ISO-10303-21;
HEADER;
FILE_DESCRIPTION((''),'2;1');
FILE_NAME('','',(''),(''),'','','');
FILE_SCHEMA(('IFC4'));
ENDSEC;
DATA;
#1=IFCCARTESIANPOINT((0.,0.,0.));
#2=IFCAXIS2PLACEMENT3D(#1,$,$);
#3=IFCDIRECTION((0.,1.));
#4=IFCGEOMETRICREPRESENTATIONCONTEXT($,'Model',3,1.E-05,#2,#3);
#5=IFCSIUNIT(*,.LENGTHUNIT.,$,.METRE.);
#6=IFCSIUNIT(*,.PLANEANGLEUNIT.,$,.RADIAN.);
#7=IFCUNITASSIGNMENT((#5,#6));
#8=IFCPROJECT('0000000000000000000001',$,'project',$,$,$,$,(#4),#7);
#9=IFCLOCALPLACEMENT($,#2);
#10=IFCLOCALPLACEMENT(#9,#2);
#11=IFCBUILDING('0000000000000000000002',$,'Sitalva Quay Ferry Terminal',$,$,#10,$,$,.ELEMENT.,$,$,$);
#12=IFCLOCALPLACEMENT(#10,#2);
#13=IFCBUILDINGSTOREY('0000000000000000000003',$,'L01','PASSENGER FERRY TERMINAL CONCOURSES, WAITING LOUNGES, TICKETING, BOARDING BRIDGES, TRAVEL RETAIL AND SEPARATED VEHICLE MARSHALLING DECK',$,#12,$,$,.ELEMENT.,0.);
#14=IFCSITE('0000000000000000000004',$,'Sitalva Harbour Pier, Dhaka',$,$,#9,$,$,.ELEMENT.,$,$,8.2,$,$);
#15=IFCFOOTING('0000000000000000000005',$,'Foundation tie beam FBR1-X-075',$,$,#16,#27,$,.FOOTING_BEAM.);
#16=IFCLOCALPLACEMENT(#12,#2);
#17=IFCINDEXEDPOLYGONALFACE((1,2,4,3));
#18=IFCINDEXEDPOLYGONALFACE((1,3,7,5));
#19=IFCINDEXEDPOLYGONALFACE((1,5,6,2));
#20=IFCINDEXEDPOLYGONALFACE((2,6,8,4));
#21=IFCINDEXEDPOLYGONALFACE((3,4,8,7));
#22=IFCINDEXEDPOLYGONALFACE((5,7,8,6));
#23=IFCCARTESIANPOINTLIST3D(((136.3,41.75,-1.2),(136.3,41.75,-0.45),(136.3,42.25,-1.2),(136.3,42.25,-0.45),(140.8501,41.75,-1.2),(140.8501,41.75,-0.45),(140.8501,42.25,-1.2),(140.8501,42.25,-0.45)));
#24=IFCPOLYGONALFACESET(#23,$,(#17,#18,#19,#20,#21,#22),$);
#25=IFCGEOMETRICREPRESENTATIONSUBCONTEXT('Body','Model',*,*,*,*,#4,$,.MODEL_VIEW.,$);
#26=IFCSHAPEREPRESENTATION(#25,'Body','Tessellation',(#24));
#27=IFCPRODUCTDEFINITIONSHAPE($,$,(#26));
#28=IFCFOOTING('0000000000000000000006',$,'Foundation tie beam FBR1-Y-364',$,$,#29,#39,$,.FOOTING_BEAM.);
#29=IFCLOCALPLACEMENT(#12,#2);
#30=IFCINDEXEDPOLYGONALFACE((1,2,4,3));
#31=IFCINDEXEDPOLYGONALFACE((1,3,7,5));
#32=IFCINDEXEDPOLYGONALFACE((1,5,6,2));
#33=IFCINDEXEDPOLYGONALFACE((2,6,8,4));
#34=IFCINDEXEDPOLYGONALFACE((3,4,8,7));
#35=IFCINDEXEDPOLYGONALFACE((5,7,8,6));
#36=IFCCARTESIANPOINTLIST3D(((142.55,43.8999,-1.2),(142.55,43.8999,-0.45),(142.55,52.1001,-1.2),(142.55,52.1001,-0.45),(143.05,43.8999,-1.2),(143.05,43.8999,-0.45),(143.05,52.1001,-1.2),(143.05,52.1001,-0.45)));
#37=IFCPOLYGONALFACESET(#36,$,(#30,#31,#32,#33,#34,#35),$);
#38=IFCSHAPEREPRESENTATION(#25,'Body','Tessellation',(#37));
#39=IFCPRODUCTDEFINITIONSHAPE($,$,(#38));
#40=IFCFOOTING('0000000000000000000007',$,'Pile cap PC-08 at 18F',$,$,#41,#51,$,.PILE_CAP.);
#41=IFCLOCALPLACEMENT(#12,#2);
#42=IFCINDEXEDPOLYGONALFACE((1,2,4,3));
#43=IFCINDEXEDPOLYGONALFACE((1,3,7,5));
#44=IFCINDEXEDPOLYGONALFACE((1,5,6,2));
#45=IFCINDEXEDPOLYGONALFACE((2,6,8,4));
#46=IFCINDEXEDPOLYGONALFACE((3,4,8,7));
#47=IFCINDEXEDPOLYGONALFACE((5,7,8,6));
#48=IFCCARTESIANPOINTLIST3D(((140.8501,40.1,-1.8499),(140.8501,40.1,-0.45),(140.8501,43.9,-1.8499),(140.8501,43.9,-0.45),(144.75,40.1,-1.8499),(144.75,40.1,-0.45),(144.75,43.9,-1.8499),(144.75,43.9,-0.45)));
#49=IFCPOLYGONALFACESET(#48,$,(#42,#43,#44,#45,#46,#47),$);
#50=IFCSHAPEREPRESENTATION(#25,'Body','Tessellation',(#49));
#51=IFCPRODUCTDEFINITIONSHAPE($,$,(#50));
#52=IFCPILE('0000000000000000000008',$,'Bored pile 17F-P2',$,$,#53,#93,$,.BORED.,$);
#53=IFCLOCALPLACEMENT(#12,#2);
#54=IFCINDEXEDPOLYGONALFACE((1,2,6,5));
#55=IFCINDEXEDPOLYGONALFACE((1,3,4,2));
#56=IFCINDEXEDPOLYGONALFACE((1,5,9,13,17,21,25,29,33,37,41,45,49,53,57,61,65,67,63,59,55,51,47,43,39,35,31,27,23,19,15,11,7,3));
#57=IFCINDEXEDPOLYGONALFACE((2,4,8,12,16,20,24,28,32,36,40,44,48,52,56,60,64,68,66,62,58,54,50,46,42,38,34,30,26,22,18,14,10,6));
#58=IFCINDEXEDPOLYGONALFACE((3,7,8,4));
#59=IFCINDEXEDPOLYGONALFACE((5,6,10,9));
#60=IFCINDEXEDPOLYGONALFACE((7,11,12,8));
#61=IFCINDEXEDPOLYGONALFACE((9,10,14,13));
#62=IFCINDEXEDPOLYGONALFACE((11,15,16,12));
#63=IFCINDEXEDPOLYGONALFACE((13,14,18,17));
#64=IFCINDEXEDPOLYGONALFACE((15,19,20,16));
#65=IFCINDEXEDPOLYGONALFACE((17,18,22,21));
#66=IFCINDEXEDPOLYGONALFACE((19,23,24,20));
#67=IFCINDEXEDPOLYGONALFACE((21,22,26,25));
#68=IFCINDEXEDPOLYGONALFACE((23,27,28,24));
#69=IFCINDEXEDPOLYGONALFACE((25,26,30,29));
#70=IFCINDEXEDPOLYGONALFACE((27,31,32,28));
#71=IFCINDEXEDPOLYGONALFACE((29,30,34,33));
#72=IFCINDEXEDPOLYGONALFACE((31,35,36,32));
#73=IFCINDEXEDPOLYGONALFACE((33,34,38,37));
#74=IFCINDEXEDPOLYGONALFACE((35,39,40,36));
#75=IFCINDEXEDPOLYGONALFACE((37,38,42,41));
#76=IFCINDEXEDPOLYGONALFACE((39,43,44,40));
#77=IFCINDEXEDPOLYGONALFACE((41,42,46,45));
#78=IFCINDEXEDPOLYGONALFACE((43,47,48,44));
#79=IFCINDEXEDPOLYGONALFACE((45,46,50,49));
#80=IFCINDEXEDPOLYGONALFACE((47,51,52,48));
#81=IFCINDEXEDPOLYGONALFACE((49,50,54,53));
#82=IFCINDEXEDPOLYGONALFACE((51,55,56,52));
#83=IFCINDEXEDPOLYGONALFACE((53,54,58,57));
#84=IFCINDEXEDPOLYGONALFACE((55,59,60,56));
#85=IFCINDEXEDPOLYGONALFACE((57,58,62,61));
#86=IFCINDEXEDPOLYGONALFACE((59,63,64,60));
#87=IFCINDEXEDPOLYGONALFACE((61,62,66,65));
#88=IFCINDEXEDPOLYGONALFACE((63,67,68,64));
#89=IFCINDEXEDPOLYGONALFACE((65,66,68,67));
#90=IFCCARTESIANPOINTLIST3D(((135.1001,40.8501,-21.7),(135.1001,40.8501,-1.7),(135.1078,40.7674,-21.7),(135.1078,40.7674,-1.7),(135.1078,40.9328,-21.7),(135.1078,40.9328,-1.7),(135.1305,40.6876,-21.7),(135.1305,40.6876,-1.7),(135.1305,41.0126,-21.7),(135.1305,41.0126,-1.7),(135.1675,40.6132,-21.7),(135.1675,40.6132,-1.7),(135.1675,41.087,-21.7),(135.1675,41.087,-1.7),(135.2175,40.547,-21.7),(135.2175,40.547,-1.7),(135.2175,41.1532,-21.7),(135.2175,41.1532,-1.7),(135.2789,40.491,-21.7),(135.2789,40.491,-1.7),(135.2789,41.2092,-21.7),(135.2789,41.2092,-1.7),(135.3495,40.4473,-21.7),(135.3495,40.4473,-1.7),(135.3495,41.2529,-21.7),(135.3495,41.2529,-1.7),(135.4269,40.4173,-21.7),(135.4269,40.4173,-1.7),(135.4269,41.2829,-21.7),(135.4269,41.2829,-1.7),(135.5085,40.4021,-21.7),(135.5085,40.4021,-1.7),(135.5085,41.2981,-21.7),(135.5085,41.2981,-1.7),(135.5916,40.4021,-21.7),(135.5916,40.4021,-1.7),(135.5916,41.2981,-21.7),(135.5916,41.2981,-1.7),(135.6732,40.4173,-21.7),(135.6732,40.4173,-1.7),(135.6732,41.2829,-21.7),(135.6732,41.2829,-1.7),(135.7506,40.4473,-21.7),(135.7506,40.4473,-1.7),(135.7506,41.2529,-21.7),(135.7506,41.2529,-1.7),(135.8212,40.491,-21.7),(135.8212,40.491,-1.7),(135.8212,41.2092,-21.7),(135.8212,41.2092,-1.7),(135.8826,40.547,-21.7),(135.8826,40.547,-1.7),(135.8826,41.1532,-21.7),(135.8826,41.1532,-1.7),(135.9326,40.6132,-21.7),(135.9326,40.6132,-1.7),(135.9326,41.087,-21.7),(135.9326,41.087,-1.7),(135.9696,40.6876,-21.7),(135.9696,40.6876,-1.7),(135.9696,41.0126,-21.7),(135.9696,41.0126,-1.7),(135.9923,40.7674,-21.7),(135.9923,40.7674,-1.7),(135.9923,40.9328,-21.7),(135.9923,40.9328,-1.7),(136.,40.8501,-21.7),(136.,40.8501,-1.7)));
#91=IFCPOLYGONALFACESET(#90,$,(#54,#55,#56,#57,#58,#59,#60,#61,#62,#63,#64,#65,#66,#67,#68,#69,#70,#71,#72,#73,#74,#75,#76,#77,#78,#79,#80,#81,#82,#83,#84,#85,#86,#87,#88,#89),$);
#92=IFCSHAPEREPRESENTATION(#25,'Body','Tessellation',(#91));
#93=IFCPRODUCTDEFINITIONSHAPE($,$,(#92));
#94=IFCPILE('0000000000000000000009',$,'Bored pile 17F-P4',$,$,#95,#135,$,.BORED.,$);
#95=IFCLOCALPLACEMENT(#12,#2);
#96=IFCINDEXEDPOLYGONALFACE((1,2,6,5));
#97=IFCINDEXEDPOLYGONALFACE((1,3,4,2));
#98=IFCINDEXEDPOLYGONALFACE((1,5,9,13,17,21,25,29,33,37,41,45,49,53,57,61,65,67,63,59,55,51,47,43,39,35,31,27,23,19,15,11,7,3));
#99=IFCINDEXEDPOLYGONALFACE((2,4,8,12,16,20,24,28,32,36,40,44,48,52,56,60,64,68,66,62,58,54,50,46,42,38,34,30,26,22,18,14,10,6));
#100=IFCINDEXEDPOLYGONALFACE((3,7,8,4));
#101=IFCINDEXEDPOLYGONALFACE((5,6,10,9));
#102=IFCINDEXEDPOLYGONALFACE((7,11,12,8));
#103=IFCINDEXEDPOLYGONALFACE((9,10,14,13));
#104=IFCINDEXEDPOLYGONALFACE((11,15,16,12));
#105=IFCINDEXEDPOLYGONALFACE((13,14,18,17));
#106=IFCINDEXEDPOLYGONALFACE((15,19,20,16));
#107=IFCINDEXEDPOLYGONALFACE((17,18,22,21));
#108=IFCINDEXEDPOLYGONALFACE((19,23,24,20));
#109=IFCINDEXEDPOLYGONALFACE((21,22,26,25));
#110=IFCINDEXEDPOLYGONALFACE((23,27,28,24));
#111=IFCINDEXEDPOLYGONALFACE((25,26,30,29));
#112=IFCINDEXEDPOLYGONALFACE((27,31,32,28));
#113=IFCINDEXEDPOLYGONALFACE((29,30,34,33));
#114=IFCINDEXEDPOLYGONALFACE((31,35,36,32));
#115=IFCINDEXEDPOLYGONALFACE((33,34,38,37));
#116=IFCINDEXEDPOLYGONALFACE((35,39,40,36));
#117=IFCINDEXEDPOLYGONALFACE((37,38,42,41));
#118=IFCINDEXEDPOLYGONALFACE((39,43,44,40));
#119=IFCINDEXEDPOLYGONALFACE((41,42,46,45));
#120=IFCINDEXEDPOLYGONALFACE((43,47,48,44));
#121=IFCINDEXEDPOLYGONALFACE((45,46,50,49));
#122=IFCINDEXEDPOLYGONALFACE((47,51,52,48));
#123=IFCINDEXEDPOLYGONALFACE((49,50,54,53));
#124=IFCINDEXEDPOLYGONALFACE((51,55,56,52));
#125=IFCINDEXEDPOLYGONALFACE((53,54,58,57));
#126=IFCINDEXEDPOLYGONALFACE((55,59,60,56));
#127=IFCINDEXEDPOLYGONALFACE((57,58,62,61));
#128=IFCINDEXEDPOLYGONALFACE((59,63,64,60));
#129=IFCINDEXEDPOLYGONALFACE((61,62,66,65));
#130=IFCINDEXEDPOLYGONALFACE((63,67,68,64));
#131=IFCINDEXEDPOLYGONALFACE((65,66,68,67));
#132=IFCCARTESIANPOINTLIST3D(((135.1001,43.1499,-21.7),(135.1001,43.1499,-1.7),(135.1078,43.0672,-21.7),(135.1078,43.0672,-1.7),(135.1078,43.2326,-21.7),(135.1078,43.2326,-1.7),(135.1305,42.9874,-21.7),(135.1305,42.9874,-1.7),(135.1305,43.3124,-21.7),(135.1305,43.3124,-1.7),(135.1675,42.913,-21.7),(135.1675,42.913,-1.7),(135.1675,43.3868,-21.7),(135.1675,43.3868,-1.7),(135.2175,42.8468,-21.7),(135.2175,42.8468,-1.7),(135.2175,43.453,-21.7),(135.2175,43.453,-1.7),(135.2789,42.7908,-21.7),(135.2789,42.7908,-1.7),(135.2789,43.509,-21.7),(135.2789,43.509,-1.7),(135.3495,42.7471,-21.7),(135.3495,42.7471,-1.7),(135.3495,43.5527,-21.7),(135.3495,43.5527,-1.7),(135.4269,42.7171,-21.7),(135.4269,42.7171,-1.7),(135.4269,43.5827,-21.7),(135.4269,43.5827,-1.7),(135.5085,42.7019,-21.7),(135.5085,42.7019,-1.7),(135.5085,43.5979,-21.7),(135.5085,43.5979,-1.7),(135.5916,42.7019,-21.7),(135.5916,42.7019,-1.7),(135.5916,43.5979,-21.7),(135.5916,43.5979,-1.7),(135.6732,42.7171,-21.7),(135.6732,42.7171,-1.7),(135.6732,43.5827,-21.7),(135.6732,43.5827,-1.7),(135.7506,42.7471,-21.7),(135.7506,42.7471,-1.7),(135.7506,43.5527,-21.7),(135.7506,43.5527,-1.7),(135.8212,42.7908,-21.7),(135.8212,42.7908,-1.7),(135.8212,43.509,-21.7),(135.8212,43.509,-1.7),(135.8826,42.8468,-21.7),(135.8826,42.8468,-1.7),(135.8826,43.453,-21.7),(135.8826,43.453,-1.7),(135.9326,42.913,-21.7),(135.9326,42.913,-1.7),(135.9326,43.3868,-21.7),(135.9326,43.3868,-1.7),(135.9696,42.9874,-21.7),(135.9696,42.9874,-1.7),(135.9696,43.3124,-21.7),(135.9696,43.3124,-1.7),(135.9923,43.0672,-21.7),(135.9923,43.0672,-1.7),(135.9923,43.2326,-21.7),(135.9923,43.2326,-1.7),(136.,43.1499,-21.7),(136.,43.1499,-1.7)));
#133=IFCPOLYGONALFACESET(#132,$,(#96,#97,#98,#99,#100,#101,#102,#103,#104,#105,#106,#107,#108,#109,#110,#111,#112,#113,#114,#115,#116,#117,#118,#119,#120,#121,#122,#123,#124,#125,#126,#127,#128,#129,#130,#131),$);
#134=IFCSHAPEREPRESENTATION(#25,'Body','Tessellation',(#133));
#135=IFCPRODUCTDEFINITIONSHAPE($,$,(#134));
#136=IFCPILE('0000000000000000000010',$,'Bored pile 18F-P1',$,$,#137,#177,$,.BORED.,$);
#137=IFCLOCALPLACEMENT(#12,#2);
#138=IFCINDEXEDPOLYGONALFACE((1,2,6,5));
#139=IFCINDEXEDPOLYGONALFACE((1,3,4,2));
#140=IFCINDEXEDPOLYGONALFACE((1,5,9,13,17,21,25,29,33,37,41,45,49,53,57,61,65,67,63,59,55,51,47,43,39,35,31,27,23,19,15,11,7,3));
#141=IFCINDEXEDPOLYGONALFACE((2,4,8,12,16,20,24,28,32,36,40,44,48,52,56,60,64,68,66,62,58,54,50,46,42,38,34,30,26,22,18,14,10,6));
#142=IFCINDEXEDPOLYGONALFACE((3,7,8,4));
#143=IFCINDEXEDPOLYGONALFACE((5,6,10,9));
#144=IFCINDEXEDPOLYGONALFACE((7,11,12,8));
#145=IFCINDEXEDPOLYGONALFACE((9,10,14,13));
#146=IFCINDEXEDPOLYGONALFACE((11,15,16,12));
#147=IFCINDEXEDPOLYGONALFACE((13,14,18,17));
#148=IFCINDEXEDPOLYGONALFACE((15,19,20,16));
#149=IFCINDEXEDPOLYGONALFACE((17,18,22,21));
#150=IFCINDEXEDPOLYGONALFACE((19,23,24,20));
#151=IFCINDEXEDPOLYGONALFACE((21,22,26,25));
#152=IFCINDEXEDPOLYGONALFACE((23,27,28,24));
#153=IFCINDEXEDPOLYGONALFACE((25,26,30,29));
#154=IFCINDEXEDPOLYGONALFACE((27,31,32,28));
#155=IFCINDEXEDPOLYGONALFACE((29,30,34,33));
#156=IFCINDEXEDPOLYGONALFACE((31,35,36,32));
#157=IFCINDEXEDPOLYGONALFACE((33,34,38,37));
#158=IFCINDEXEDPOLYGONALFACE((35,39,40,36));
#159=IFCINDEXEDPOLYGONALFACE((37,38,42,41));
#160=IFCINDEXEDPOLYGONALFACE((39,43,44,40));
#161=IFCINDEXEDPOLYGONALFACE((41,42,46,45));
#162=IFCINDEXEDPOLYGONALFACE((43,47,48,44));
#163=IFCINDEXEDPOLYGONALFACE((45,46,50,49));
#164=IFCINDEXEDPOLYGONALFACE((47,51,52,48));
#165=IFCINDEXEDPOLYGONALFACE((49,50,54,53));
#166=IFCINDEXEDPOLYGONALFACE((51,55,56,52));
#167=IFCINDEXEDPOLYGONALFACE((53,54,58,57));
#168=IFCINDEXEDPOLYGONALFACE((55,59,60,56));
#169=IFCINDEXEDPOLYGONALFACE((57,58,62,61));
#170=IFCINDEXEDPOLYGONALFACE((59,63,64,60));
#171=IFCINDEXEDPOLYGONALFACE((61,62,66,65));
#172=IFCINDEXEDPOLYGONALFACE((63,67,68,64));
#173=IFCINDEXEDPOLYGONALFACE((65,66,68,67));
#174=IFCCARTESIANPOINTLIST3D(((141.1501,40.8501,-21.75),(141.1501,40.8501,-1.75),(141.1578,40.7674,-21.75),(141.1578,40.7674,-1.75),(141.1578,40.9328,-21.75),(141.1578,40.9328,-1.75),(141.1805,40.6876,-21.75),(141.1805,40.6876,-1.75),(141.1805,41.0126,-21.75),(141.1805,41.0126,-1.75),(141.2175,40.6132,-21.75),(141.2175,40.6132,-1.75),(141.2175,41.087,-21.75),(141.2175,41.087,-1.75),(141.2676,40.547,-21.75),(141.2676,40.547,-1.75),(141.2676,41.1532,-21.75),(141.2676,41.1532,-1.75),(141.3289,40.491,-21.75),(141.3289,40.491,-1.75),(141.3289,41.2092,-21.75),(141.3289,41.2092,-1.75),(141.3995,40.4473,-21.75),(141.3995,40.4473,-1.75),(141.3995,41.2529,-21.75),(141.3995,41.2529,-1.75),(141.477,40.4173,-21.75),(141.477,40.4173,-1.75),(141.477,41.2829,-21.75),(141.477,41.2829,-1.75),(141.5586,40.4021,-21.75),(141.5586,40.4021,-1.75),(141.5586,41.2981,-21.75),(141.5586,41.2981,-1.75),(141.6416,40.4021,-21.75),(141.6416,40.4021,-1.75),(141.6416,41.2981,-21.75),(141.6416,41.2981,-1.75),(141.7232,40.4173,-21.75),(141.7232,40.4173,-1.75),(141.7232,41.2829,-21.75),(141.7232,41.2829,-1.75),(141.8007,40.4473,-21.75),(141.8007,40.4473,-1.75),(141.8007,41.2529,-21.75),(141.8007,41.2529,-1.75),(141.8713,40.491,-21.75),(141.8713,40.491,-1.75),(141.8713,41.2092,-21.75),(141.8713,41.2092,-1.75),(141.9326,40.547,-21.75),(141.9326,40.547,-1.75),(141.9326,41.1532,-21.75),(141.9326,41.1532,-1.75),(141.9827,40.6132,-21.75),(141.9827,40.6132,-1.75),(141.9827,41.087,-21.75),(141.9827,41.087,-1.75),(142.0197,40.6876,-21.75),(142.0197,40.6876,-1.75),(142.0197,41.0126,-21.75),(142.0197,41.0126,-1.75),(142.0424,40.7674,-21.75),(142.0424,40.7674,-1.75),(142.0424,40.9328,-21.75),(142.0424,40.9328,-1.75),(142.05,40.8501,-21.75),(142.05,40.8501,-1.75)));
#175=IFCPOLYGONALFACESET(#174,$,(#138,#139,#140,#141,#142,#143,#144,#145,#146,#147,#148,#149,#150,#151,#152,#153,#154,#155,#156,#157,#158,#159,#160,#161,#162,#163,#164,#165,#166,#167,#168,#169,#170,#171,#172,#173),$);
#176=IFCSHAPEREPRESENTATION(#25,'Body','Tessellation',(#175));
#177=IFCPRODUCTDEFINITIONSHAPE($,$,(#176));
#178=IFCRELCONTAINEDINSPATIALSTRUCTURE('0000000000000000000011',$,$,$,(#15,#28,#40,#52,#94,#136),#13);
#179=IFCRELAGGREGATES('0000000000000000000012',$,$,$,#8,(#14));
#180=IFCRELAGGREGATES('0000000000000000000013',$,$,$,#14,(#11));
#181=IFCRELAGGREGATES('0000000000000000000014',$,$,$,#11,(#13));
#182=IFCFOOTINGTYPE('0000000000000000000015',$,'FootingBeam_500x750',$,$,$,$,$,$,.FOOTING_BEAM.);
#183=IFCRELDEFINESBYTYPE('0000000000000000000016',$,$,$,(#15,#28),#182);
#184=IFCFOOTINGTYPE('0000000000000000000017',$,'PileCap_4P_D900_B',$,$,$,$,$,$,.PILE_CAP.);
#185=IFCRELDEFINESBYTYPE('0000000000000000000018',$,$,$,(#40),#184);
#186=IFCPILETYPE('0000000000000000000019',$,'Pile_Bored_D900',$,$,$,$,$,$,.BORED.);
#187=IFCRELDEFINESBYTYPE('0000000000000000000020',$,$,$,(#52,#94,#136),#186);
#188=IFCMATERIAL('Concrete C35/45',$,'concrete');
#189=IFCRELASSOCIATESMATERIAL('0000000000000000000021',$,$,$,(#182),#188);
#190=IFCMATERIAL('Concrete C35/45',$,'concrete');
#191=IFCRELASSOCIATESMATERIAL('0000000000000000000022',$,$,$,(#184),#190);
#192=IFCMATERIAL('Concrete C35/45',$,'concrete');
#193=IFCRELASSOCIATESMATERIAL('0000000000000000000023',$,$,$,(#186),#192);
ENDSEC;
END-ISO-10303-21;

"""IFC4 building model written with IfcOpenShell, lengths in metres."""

from ifc_helpers import new_model, si_unit, direction, frame, origin, origin_2d, place, context, subcontext, project, spatial, rectangle, circle, extrude, material, material_profile, profile_set, type_object, element, save


model = new_model("IFC4")

# Units and contexts
model_context = context("Model", 3, precision=1e-05, world=origin(), true_north=direction((0.0, 1.0)))
body_context = subcontext(model_context, "Body", "Model", "MODEL_VIEW")
ifc_project = project(units=[si_unit("LENGTHUNIT", "METRE"), si_unit("PLANEANGLEUNIT", "RADIAN")], contexts=[model_context])

# Site, building, storey
site_placement = place(None, origin())
site = spatial("IfcSite", under=ifc_project, at=site_placement, Name="Sitalva Harbour Pier, Dhaka", CompositionType="ELEMENT", RefElevation=8.2)
building_placement = place(site_placement, origin())
building = spatial("IfcBuilding", under=site, at=building_placement, Name="Sitalva Quay Ferry Terminal", CompositionType="ELEMENT")
storey_placement = place(building_placement, origin())
storey = spatial("IfcBuildingStorey", under=building, at=storey_placement, Name="L01", Description="PASSENGER FERRY TERMINAL CONCOURSES, WAITING LOUNGES, TICKETING, BOARDING BRIDGES, TRAVEL RETAIL AND SEPARATED VEHICLE MARSHALLING DECK", CompositionType="ELEMENT", Elevation=0.0)

# Footings
ifc_material_1 = material(Name="Concrete C35/45", Category="concrete")
ifc_material_profile_1 = material_profile(ifc_material_1, rectangle(XDim=0.5, YDim=0.75, at=origin_2d()), Name="RC500x750")
ifc_profile_set_1 = profile_set([ifc_material_profile_1], Name="Concrete C35/45")
footing_type_1 = type_object("IfcFootingType", Name="FootingBeam_500x750", PredefinedType="FOOTING_BEAM", material=ifc_profile_set_1)
footing_1_placement = place(storey_placement, frame((136.3, 42.0, -0.825), z_axis=(1.0, 0.0, 0.0), x_axis=(0.0, 1.0, 0.0)))
element("IfcFooting", 1, at=footing_1_placement, inside=storey, type_object=footing_type_1, Name="Foundation tie beam FBR1-X-075", PredefinedType="FOOTING_BEAM", context=body_context, shape_type="SweptSolid", body=[
    extrude(rectangle(XDim=0.5, YDim=0.75, at=origin_2d()), origin(), (0.0, 0.0, 1.0), 4.55),
])
footing_2_placement = place(storey_placement, frame((142.8, 43.8999, -0.825), z_axis=(0.0, 1.0, 0.0), x_axis=(-1.0, 0.0, 0.0)))
element("IfcFooting", 2, at=footing_2_placement, inside=storey, type_object=footing_type_1, Name="Foundation tie beam FBR1-Y-364", PredefinedType="FOOTING_BEAM", context=body_context, shape_type="SweptSolid", body=[
    extrude(rectangle(XDim=0.5, YDim=0.75, at=origin_2d()), origin(), (0.0, 0.0, 1.0), 8.2002),
])
ifc_material_2 = material(Name="Concrete C35/45", Category="concrete")
footing_type_2 = type_object("IfcFootingType", Name="PileCap_4P_D900_B", PredefinedType="PILE_CAP", material=ifc_material_2)
footing_3_placement = place(storey_placement, frame((142.8, 42.0, -1.8499), z_axis=(0.0, 0.0, 1.0), x_axis=(1.0, 0.0, 0.0)))
element("IfcFooting", 3, at=footing_3_placement, inside=storey, type_object=footing_type_2, Name="Pile cap PC-08 at 18F", PredefinedType="PILE_CAP", context=body_context, shape_type="SweptSolid", body=[
    extrude(rectangle(XDim=3.8999, YDim=3.8, at=origin_2d()), origin(), (0.0, 0.0, 1.0), 1.3999),
])

# Piles
ifc_material_3 = material(Name="Concrete C35/45", Category="concrete")
ifc_material_profile_2 = material_profile(ifc_material_3, circle(Radius=0.45, at=origin_2d()), Name="PILE-D900")
ifc_profile_set_2 = profile_set([ifc_material_profile_2], Name="Concrete C35/45")
pile_type = type_object("IfcPileType", Name="Pile_Bored_D900", PredefinedType="BORED", material=ifc_profile_set_2)
for number, where, z_axis, x_axis, name in (
    (4, (135.55, 40.8501, -1.7), (0.0, 0.0, -1.0), (1.0, 0.0, 0.0), "Bored pile 17F-P2"),
    (5, (135.55, 43.1499, -1.7), (0.0, 0.0, -1.0), (1.0, 0.0, 0.0), "Bored pile 17F-P4"),
    (6, (141.6001, 40.8501, -1.75), (0.0, 0.0, -1.0), (1.0, 0.0, 0.0), "Bored pile 18F-P1"),
):
    element("IfcPile", number, at=place(storey_placement, frame(where, z_axis=z_axis, x_axis=x_axis)), inside=storey, type_object=pile_type, Name=name, PredefinedType="BORED", context=body_context, shape_type="SweptSolid", body=[
        extrude(circle(Radius=0.45, at=origin_2d()), origin(), (0.0, 0.0, 1.0), 20.0),
    ])

save(model, "model.ifc")
